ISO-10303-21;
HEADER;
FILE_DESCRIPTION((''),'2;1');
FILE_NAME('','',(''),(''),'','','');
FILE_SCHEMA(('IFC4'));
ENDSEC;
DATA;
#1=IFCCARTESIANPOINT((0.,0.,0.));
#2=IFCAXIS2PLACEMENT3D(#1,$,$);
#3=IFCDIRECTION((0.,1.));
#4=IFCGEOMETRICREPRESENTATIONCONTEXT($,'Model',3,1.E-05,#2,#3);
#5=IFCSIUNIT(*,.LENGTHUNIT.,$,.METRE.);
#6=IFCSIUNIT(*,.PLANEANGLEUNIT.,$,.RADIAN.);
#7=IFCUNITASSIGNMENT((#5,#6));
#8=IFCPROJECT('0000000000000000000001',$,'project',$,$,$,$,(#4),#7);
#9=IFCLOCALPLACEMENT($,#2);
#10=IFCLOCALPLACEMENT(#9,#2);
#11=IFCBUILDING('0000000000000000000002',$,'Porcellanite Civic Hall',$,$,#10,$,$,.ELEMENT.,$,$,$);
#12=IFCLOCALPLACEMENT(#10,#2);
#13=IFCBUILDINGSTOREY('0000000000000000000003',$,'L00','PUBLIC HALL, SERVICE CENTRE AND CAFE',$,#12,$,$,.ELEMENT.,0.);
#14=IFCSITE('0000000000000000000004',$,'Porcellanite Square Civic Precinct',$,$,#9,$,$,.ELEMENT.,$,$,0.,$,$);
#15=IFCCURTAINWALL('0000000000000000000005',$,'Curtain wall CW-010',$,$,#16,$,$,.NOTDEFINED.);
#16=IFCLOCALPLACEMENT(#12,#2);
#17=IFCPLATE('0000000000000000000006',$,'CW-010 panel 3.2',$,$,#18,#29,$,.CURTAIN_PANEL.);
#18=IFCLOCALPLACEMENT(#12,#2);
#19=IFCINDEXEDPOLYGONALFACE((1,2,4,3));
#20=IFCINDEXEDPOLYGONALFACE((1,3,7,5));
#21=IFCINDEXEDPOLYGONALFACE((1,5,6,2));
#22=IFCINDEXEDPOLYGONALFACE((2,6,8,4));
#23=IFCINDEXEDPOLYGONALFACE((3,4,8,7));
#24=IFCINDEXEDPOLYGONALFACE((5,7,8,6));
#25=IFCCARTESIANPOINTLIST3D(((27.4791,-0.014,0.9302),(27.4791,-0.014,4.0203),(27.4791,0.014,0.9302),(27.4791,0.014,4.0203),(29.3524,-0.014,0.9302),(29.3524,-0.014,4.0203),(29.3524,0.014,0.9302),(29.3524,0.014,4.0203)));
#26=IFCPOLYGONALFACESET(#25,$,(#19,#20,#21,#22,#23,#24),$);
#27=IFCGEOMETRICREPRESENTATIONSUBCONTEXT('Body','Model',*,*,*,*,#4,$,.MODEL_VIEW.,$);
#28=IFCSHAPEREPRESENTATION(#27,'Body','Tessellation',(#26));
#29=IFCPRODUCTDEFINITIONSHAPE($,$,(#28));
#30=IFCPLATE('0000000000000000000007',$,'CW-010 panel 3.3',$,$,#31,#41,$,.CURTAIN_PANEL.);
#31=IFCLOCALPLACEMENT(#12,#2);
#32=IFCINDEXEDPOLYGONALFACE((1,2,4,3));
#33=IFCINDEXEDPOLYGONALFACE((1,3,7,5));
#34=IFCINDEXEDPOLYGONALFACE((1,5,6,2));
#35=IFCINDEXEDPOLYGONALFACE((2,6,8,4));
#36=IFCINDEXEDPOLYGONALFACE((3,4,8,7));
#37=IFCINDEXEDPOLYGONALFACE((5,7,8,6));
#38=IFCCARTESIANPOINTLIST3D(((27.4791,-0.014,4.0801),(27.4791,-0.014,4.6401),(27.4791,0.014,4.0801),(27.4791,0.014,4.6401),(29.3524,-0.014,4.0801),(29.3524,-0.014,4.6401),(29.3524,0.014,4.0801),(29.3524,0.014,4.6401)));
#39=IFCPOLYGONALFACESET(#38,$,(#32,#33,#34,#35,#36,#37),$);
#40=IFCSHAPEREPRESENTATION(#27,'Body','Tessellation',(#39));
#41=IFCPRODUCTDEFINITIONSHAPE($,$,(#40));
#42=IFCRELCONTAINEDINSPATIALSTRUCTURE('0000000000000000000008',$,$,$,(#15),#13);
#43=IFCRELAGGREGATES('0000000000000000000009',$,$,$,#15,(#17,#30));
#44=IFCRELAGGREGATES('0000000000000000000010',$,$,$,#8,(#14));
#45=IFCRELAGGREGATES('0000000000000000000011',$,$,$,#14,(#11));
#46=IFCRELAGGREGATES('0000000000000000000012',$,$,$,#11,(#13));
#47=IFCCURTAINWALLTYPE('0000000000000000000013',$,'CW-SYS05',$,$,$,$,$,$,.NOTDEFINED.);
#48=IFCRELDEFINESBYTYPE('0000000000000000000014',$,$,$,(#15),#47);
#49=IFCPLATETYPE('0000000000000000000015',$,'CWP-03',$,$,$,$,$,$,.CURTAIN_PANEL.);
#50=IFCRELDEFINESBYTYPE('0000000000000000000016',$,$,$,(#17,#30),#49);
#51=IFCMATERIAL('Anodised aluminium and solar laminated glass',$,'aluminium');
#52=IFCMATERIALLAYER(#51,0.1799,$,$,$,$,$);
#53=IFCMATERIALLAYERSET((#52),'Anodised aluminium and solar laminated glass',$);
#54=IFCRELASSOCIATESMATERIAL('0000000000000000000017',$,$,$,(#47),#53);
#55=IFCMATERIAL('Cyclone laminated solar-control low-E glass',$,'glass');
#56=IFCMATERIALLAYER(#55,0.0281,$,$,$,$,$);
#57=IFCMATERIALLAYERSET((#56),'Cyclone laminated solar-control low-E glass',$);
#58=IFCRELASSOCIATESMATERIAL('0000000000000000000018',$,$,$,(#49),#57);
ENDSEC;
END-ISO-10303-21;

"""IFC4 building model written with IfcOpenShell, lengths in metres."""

from ifc_helpers import new_model, si_unit, direction, frame, origin, origin_2d, place, context, subcontext, project, spatial, rectangle, extrude, material, layer, layer_set, type_object, element, aggregate, save


model = new_model("IFC4")

# Units and contexts
model_context = context("Model", 3, precision=1e-05, world=origin(), true_north=direction((0.0, 1.0)))
body_context = subcontext(model_context, "Body", "Model", "MODEL_VIEW")
ifc_project = project(units=[si_unit("LENGTHUNIT", "METRE"), si_unit("PLANEANGLEUNIT", "RADIAN")], contexts=[model_context])

# Site, building, storey
site_placement = place(None, origin())
site = spatial("IfcSite", under=ifc_project, at=site_placement, Name="Porcellanite Square Civic Precinct", CompositionType="ELEMENT", RefElevation=0.0)
building_placement = place(site_placement, origin())
building = spatial("IfcBuilding", under=site, at=building_placement, Name="Porcellanite Civic Hall", CompositionType="ELEMENT")
storey_placement = place(building_placement, origin())
storey = spatial("IfcBuildingStorey", under=building, at=storey_placement, Name="L00", Description="PUBLIC HALL, SERVICE CENTRE AND CAFE", CompositionType="ELEMENT", Elevation=0.0)

# Curtain wall
ifc_material_1 = material(Name="Anodised aluminium and solar laminated glass", Category="aluminium")
ifc_layer_1 = layer(ifc_material_1, 0.1799)
ifc_layer_set_1 = layer_set([ifc_layer_1], Name="Anodised aluminium and solar laminated glass")
curtain_wall_type = type_object("IfcCurtainWallType", Name="CW-SYS05", PredefinedType="NOTDEFINED", material=ifc_layer_set_1)
curtain_wall_1_placement = place(storey_placement, origin())
curtain_wall_1 = element("IfcCurtainWall", 1, at=curtain_wall_1_placement, inside=storey, type_object=curtain_wall_type, Name="Curtain wall CW-010", PredefinedType="NOTDEFINED")

# Plates
ifc_material_2 = material(Name="Cyclone laminated solar-control low-E glass", Category="glass")
ifc_layer_2 = layer(ifc_material_2, 0.0281)
ifc_layer_set_2 = layer_set([ifc_layer_2], Name="Cyclone laminated solar-control low-E glass")
plate_type = type_object("IfcPlateType", Name="CWP-03", PredefinedType="CURTAIN_PANEL", material=ifc_layer_set_2)
plate_1_placement = place(storey_placement, frame((28.4158, 0.0, 0.9302), z_axis=(0.0, 0.0, 1.0), x_axis=(-1.0, 0.0, 0.0)))
plate_1 = element("IfcPlate", 2, at=plate_1_placement, type_object=plate_type, Name="CW-010 panel 3.2", PredefinedType="CURTAIN_PANEL", context=body_context, shape_type="SweptSolid", body=[
    extrude(rectangle(XDim=1.8733, YDim=0.0281, at=origin_2d()), origin(), (0.0, 0.0, 1.0), 3.0901),
])
plate_2_placement = place(storey_placement, frame((28.4158, 0.0, 4.0801), z_axis=(0.0, 0.0, 1.0), x_axis=(-1.0, 0.0, 0.0)))
plate_2 = element("IfcPlate", 3, at=plate_2_placement, type_object=plate_type, Name="CW-010 panel 3.3", PredefinedType="CURTAIN_PANEL", context=body_context, shape_type="SweptSolid", body=[
    extrude(rectangle(XDim=1.8733, YDim=0.0281, at=origin_2d()), origin(), (0.0, 0.0, 1.0), 0.5601),
])
aggregate(curtain_wall_1, [plate_1, plate_2])

save(model, "model.ifc")
